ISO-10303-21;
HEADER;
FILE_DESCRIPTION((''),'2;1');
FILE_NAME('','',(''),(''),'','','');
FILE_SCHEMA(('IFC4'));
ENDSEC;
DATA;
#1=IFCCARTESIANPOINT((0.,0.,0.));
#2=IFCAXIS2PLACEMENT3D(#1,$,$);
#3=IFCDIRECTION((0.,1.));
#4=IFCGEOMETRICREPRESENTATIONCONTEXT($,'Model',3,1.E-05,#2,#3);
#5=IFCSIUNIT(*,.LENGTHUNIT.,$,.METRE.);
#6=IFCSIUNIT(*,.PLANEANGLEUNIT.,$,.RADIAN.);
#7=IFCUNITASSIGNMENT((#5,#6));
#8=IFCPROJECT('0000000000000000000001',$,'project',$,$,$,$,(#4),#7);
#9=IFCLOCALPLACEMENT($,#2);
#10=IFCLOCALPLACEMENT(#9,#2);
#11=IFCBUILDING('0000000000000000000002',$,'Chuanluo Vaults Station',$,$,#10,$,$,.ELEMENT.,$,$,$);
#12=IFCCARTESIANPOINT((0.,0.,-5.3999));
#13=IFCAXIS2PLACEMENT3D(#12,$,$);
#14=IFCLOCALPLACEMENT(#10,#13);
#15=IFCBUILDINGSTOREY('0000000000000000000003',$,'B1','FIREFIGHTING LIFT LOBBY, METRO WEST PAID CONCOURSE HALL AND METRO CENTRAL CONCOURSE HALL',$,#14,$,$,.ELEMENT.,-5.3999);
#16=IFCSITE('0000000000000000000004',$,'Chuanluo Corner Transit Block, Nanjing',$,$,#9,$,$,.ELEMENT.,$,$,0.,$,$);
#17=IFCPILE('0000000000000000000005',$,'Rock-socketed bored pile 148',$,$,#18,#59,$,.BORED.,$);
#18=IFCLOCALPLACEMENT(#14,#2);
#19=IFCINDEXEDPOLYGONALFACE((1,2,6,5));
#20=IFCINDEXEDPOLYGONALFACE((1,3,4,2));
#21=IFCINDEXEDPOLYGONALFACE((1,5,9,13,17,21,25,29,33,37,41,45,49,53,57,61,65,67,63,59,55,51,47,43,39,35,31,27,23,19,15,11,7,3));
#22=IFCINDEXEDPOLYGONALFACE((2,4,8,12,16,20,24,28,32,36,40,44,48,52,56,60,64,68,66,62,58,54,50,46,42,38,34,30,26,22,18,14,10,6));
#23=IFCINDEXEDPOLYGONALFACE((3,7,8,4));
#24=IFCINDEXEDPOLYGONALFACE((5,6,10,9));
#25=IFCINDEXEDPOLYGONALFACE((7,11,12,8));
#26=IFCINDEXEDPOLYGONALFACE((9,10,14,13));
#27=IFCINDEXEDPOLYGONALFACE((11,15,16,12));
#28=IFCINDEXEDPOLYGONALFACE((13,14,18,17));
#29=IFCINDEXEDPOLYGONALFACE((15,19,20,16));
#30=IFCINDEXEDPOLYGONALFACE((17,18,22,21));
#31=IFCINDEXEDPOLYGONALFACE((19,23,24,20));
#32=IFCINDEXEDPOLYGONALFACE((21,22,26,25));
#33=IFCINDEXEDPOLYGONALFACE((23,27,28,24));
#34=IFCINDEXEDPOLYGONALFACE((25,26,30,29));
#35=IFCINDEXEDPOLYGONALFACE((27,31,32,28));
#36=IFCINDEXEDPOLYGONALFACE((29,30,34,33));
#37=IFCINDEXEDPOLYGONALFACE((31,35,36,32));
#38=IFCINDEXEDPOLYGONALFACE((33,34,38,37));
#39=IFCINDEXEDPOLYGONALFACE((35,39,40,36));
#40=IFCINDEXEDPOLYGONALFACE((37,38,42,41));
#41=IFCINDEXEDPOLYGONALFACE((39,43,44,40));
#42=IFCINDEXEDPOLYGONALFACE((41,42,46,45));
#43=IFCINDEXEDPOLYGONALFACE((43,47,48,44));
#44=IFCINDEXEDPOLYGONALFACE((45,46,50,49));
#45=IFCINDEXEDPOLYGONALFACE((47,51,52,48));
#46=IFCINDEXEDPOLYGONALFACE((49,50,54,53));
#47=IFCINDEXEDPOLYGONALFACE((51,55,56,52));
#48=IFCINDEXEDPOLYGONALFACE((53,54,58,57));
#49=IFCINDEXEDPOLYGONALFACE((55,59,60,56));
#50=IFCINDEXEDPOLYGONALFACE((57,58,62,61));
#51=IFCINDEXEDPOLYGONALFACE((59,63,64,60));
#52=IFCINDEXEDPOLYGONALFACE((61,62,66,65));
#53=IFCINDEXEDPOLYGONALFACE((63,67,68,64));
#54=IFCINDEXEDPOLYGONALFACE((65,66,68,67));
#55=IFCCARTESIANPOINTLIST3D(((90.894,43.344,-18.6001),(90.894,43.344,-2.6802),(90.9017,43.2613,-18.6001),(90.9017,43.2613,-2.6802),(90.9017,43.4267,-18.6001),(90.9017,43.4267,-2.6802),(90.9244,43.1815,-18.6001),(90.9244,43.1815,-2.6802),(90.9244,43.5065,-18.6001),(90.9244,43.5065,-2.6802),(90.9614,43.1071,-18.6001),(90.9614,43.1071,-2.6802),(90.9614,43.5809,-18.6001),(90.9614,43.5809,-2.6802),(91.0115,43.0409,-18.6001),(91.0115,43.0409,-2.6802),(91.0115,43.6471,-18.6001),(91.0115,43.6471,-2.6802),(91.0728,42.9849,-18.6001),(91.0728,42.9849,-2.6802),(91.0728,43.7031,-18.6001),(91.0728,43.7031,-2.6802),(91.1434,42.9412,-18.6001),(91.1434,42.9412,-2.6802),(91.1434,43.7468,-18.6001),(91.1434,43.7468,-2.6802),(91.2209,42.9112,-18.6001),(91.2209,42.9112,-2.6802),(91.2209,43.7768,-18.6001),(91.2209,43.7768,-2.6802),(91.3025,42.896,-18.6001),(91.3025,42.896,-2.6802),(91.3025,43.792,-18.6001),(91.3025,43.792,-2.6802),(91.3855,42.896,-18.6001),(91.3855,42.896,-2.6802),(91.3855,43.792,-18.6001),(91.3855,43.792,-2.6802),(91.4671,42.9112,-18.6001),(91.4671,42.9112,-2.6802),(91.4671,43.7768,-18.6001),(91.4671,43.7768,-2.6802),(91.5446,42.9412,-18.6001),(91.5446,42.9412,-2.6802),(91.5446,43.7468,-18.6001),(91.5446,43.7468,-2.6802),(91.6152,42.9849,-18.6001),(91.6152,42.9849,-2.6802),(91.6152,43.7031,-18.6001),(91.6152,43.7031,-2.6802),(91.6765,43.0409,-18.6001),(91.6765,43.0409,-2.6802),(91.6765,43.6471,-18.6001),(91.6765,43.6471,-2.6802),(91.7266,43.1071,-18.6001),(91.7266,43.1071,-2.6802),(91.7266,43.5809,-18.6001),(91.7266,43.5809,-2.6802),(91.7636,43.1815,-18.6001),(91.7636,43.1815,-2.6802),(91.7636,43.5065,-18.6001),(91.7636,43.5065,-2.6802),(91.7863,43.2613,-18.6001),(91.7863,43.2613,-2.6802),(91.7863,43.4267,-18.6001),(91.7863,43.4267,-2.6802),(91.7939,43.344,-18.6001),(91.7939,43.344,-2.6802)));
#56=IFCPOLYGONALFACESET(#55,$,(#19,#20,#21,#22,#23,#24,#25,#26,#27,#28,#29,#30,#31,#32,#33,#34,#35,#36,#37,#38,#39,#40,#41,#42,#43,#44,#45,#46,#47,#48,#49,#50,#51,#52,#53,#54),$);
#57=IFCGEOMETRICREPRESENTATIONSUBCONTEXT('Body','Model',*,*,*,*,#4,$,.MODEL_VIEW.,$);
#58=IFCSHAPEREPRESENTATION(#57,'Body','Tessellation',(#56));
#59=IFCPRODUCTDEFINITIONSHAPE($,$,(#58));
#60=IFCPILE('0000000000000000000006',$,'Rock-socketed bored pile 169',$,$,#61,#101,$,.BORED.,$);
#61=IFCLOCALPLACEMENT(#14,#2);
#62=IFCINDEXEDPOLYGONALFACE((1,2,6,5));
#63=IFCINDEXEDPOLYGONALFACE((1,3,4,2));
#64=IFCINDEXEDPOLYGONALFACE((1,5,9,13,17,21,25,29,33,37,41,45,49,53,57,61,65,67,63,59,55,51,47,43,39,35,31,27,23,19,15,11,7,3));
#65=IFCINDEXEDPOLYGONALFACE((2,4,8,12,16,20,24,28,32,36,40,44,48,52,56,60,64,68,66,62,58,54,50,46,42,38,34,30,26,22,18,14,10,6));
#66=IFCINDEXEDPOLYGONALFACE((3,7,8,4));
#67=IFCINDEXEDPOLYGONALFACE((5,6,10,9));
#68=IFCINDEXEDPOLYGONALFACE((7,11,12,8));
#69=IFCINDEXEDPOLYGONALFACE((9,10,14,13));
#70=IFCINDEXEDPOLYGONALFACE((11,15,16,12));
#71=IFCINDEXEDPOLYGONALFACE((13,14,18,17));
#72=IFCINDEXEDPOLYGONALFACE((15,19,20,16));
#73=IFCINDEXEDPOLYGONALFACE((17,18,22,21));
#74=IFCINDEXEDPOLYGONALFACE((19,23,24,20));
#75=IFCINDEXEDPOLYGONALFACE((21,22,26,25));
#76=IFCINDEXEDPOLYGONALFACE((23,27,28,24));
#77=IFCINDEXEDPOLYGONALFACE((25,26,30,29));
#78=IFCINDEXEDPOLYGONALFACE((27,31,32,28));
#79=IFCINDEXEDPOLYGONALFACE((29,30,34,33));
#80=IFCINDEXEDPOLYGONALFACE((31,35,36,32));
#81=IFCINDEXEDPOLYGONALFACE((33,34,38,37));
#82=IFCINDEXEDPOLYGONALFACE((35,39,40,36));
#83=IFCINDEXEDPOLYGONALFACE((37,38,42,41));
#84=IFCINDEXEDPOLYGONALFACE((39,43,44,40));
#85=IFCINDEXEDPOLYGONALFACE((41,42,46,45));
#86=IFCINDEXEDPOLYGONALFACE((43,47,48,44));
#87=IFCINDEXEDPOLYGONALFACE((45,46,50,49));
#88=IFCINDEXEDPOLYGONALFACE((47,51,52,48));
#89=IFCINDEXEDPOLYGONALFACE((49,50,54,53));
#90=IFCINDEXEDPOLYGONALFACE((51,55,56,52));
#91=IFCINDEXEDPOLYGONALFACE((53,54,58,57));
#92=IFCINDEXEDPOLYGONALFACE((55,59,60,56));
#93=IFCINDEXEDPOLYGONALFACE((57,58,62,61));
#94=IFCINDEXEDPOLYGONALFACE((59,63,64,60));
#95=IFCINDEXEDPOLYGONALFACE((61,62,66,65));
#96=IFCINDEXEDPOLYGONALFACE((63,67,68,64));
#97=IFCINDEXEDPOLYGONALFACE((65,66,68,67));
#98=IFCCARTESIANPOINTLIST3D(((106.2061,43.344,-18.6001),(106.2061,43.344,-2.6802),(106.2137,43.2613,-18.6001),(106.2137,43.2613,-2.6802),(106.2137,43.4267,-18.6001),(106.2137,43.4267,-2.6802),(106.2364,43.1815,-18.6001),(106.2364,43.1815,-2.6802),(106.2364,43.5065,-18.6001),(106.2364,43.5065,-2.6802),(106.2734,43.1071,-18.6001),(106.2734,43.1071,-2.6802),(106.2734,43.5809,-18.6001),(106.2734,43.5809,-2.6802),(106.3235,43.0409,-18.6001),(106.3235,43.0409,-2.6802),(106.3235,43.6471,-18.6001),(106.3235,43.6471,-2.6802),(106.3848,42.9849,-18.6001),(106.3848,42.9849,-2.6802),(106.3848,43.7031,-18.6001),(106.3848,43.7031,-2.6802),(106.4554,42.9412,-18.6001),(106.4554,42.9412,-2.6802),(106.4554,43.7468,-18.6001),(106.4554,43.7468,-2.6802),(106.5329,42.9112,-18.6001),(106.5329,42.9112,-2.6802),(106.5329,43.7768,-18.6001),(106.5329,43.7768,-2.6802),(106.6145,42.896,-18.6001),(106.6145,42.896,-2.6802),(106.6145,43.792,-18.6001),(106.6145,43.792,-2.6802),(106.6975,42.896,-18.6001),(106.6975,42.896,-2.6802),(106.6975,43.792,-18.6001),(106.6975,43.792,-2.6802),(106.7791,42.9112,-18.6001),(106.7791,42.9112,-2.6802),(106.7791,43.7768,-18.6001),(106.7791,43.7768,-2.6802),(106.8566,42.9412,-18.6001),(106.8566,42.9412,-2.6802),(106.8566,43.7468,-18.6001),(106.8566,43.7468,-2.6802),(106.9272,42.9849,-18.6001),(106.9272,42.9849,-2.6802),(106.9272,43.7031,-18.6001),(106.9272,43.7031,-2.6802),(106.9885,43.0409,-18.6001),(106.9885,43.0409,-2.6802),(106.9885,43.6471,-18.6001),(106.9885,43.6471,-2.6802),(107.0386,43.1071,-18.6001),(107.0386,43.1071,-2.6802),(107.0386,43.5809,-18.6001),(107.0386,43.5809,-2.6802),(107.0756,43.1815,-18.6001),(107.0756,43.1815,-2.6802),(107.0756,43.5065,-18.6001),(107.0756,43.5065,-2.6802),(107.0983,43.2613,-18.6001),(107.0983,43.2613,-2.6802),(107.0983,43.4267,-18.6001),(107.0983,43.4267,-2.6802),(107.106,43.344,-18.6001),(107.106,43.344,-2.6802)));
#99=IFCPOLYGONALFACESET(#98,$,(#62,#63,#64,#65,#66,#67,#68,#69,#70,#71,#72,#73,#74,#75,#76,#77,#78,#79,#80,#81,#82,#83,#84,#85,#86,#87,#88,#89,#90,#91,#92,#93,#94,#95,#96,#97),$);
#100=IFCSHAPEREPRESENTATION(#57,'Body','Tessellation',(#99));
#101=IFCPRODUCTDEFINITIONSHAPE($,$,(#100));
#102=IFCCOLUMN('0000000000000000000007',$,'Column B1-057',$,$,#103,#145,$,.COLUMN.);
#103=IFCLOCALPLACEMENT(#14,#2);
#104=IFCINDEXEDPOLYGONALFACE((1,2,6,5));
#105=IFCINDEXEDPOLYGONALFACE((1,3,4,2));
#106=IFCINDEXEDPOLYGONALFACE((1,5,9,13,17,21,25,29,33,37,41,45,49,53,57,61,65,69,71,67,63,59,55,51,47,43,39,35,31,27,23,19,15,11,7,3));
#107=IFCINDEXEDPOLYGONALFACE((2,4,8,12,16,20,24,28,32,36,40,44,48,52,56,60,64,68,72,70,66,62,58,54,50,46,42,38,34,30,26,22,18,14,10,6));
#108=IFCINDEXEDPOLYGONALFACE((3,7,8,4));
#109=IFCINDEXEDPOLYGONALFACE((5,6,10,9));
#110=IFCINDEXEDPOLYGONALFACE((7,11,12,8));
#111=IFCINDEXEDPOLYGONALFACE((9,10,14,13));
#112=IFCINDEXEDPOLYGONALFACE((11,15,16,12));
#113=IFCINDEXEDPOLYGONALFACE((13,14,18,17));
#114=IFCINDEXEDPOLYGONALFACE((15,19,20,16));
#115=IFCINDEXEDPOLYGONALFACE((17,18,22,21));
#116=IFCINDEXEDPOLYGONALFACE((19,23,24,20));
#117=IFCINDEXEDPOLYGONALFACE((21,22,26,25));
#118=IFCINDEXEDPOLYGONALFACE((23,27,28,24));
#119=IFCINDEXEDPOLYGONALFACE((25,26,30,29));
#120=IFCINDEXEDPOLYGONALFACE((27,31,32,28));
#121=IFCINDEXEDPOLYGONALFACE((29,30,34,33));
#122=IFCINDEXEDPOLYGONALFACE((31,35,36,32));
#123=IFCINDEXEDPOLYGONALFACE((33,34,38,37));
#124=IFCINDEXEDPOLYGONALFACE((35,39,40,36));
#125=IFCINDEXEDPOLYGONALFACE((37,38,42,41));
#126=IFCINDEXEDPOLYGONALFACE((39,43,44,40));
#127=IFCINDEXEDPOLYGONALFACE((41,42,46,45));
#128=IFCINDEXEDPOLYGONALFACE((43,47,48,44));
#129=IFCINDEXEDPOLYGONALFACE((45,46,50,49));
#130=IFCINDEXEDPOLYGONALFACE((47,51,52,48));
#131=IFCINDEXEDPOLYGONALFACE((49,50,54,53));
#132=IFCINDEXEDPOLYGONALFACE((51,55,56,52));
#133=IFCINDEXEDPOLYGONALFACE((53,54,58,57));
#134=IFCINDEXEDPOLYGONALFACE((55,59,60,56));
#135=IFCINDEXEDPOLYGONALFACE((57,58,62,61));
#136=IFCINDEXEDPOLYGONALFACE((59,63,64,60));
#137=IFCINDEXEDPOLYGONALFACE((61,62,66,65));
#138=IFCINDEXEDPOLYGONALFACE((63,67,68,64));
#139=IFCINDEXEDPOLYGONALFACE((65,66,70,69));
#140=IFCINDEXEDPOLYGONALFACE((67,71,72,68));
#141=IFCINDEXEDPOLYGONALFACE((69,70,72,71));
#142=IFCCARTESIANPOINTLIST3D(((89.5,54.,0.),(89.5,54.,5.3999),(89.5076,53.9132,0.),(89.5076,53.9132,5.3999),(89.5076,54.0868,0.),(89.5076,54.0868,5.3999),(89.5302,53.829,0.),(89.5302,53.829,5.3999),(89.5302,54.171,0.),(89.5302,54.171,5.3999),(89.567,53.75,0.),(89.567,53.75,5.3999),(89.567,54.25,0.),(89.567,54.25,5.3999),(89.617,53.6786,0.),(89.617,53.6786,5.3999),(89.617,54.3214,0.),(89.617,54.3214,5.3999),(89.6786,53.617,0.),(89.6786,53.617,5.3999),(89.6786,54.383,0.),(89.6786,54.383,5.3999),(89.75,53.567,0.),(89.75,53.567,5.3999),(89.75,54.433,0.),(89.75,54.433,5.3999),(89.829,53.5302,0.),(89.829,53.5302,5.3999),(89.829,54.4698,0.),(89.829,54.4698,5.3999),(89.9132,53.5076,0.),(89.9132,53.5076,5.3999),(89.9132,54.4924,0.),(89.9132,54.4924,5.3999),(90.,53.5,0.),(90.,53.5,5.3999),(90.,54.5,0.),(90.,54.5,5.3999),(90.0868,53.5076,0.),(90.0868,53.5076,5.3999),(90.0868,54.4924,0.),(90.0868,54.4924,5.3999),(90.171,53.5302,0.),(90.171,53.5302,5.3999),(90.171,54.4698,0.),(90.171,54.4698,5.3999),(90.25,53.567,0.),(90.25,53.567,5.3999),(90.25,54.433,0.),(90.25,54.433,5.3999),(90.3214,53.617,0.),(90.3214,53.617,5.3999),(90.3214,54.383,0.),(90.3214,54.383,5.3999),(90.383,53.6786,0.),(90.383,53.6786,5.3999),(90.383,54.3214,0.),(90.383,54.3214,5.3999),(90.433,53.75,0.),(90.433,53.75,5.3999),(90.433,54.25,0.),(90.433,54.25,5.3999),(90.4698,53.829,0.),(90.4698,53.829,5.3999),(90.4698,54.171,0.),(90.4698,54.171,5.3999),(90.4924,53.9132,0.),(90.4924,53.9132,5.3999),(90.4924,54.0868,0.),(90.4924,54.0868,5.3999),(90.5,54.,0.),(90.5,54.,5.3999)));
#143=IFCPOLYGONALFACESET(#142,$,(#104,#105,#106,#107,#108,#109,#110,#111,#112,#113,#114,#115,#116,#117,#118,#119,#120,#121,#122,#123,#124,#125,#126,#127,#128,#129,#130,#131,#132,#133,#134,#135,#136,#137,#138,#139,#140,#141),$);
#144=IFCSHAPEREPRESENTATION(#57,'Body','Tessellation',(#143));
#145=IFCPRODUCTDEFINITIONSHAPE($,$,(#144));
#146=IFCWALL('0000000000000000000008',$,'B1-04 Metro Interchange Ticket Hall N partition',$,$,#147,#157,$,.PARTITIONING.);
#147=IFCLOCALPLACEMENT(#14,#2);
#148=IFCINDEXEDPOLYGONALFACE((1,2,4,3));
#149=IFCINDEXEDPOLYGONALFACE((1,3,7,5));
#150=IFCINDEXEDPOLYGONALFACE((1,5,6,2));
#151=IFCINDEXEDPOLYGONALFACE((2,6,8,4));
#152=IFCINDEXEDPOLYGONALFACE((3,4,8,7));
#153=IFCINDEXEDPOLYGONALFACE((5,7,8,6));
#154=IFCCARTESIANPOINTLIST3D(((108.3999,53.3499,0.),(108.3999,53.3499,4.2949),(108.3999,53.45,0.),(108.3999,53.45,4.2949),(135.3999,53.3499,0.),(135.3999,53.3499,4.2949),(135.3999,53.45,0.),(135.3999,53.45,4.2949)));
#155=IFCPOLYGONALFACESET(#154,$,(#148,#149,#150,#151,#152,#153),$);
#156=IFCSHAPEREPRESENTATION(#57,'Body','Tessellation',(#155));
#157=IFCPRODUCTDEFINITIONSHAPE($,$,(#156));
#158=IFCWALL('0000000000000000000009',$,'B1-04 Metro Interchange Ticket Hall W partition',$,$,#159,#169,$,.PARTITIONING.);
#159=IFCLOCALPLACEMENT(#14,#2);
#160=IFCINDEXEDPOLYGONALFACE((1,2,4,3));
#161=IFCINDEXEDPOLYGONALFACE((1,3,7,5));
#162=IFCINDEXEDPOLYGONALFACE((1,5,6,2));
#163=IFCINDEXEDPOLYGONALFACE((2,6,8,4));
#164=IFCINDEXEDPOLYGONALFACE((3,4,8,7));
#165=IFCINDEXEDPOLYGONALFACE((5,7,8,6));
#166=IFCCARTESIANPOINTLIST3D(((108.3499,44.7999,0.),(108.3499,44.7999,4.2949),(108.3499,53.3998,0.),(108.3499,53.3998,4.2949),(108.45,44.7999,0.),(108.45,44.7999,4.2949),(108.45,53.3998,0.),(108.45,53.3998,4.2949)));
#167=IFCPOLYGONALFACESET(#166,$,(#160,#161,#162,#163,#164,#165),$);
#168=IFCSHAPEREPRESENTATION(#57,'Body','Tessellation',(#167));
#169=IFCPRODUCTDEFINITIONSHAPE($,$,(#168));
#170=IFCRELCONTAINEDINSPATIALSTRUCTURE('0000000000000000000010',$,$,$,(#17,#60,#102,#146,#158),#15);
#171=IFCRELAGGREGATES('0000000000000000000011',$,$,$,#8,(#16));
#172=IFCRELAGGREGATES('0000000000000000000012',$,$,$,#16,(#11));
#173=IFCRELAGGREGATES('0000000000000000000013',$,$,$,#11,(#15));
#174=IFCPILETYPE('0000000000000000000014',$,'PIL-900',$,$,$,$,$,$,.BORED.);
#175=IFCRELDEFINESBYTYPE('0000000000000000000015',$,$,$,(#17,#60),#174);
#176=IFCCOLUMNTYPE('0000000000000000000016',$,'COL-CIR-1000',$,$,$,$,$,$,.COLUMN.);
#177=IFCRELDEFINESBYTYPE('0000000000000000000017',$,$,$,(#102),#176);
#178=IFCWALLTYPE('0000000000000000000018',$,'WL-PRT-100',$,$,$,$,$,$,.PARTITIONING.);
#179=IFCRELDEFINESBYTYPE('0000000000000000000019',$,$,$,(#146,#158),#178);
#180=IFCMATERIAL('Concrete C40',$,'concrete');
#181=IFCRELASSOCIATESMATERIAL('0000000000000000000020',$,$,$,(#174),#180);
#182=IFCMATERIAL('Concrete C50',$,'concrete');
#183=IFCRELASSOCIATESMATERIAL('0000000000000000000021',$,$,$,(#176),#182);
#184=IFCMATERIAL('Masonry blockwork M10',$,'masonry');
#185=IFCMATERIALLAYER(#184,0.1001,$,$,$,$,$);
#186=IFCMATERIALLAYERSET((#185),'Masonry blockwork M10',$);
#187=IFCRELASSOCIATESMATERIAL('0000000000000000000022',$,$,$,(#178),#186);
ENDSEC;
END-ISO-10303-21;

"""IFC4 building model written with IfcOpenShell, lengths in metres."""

from ifc_helpers import new_model, si_unit, direction, frame, frame_2d, origin, origin_2d, place, context, subcontext, project, spatial, rectangle, circle, extrude, material, layer, layer_set, material_profile, profile_set, type_object, element, save


model = new_model("IFC4")

# Units and contexts
model_context = context("Model", 3, precision=1e-05, world=origin(), true_north=direction((0.0, 1.0)))
body_context = subcontext(model_context, "Body", "Model", "MODEL_VIEW")
ifc_project = project(units=[si_unit("LENGTHUNIT", "METRE"), si_unit("PLANEANGLEUNIT", "RADIAN")], contexts=[model_context])

# Site, building, storey
site_placement = place(None, origin())
site = spatial("IfcSite", under=ifc_project, at=site_placement, Name="Chuanluo Corner Transit Block, Nanjing", CompositionType="ELEMENT", RefElevation=0.0)
building_placement = place(site_placement, origin())
building = spatial("IfcBuilding", under=site, at=building_placement, Name="Chuanluo Vaults Station", CompositionType="ELEMENT")
storey_placement = place(building_placement, frame((0.0, 0.0, -5.3999)))
storey = spatial("IfcBuildingStorey", under=building, at=storey_placement, Name="B1", Description="FIREFIGHTING LIFT LOBBY, METRO WEST PAID CONCOURSE HALL AND METRO CENTRAL CONCOURSE HALL", CompositionType="ELEMENT", Elevation=-5.3999)

# Piles
ifc_material_1 = material(Name="Concrete C40", Category="concrete")
ifc_material_profile_1 = material_profile(ifc_material_1, circle(Radius=0.45, at=origin_2d()))
ifc_profile_set_1 = profile_set([ifc_material_profile_1], Name="Concrete C40")
pile_type = type_object("IfcPileType", Name="PIL-900", PredefinedType="BORED", material=ifc_profile_set_1)
for number, where, z_axis, x_axis, name in (
    (1, (91.344, 43.344, -2.6802), (0.0, 0.0, -1.0), (1.0, 0.0, 0.0), "Rock-socketed bored pile 148"),
    (2, (106.656, 43.344, -2.6802), (0.0, 0.0, -1.0), (1.0, 0.0, 0.0), "Rock-socketed bored pile 169"),
):
    element("IfcPile", number, at=place(storey_placement, frame(where, z_axis=z_axis, x_axis=x_axis)), inside=storey, type_object=pile_type, Name=name, PredefinedType="BORED", context=body_context, shape_type="SweptSolid", body=[
        extrude(circle(Radius=0.45, at=origin_2d()), origin(), (0.0, 0.0, 1.0), 15.9199),
    ])

# Column
ifc_material_2 = material(Name="Concrete C50", Category="concrete")
ifc_material_profile_2 = material_profile(ifc_material_2, circle(Radius=0.5, at=origin_2d()))
ifc_profile_set_2 = profile_set([ifc_material_profile_2], Name="Concrete C50")
column_type = type_object("IfcColumnType", Name="COL-CIR-1000", PredefinedType="COLUMN", material=ifc_profile_set_2)
column_placement = place(storey_placement, frame((90.0, 54.0, 0.0), z_axis=(0.0, 0.0, 1.0), x_axis=(1.0, 0.0, 0.0)))
element("IfcColumn", 3, at=column_placement, inside=storey, type_object=column_type, Name="Column B1-057", PredefinedType="COLUMN", context=body_context, shape_type="SweptSolid", body=[
    extrude(circle(Radius=0.5, at=origin_2d()), origin(), (0.0, 0.0, 1.0), 5.3999),
])

# Walls
ifc_material_3 = material(Name="Masonry blockwork M10", Category="masonry")
ifc_layer_1 = layer(ifc_material_3, 0.1001)
ifc_layer_set_1 = layer_set([ifc_layer_1], Name="Masonry blockwork M10")
wall_type_1 = type_object("IfcWallType", Name="WL-PRT-100", PredefinedType="PARTITIONING", material=ifc_layer_set_1)
wall_1_placement = place(storey_placement, frame((108.3999, 53.3999, 0.0), z_axis=(0.0, 0.0, 1.0), x_axis=(1.0, 0.0, 0.0)))
element("IfcWall", 4, at=wall_1_placement, inside=storey, type_object=wall_type_1, Name="B1-04 Metro Interchange Ticket Hall N partition", PredefinedType="PARTITIONING", context=body_context, shape_type="SweptSolid", body=[
    extrude(rectangle(XDim=27.0, YDim=0.1001, at=frame_2d((13.5, 0.0))), origin(), (0.0, 0.0, 1.0), 4.2949),
])
wall_2_placement = place(storey_placement, frame((108.3999, 44.8, 0.0), z_axis=(0.0, 0.0, 1.0), x_axis=(0.0, 1.0, 0.0)))
element("IfcWall", 5, at=wall_2_placement, inside=storey, type_object=wall_type_1, Name="B1-04 Metro Interchange Ticket Hall W partition", PredefinedType="PARTITIONING", context=body_context, shape_type="SweptSolid", body=[
    extrude(rectangle(XDim=8.5999, YDim=0.1001, at=frame_2d((4.2998, 0.0))), origin(), (0.0, 0.0, 1.0), 4.2949),
])

save(model, "model.ifc")
